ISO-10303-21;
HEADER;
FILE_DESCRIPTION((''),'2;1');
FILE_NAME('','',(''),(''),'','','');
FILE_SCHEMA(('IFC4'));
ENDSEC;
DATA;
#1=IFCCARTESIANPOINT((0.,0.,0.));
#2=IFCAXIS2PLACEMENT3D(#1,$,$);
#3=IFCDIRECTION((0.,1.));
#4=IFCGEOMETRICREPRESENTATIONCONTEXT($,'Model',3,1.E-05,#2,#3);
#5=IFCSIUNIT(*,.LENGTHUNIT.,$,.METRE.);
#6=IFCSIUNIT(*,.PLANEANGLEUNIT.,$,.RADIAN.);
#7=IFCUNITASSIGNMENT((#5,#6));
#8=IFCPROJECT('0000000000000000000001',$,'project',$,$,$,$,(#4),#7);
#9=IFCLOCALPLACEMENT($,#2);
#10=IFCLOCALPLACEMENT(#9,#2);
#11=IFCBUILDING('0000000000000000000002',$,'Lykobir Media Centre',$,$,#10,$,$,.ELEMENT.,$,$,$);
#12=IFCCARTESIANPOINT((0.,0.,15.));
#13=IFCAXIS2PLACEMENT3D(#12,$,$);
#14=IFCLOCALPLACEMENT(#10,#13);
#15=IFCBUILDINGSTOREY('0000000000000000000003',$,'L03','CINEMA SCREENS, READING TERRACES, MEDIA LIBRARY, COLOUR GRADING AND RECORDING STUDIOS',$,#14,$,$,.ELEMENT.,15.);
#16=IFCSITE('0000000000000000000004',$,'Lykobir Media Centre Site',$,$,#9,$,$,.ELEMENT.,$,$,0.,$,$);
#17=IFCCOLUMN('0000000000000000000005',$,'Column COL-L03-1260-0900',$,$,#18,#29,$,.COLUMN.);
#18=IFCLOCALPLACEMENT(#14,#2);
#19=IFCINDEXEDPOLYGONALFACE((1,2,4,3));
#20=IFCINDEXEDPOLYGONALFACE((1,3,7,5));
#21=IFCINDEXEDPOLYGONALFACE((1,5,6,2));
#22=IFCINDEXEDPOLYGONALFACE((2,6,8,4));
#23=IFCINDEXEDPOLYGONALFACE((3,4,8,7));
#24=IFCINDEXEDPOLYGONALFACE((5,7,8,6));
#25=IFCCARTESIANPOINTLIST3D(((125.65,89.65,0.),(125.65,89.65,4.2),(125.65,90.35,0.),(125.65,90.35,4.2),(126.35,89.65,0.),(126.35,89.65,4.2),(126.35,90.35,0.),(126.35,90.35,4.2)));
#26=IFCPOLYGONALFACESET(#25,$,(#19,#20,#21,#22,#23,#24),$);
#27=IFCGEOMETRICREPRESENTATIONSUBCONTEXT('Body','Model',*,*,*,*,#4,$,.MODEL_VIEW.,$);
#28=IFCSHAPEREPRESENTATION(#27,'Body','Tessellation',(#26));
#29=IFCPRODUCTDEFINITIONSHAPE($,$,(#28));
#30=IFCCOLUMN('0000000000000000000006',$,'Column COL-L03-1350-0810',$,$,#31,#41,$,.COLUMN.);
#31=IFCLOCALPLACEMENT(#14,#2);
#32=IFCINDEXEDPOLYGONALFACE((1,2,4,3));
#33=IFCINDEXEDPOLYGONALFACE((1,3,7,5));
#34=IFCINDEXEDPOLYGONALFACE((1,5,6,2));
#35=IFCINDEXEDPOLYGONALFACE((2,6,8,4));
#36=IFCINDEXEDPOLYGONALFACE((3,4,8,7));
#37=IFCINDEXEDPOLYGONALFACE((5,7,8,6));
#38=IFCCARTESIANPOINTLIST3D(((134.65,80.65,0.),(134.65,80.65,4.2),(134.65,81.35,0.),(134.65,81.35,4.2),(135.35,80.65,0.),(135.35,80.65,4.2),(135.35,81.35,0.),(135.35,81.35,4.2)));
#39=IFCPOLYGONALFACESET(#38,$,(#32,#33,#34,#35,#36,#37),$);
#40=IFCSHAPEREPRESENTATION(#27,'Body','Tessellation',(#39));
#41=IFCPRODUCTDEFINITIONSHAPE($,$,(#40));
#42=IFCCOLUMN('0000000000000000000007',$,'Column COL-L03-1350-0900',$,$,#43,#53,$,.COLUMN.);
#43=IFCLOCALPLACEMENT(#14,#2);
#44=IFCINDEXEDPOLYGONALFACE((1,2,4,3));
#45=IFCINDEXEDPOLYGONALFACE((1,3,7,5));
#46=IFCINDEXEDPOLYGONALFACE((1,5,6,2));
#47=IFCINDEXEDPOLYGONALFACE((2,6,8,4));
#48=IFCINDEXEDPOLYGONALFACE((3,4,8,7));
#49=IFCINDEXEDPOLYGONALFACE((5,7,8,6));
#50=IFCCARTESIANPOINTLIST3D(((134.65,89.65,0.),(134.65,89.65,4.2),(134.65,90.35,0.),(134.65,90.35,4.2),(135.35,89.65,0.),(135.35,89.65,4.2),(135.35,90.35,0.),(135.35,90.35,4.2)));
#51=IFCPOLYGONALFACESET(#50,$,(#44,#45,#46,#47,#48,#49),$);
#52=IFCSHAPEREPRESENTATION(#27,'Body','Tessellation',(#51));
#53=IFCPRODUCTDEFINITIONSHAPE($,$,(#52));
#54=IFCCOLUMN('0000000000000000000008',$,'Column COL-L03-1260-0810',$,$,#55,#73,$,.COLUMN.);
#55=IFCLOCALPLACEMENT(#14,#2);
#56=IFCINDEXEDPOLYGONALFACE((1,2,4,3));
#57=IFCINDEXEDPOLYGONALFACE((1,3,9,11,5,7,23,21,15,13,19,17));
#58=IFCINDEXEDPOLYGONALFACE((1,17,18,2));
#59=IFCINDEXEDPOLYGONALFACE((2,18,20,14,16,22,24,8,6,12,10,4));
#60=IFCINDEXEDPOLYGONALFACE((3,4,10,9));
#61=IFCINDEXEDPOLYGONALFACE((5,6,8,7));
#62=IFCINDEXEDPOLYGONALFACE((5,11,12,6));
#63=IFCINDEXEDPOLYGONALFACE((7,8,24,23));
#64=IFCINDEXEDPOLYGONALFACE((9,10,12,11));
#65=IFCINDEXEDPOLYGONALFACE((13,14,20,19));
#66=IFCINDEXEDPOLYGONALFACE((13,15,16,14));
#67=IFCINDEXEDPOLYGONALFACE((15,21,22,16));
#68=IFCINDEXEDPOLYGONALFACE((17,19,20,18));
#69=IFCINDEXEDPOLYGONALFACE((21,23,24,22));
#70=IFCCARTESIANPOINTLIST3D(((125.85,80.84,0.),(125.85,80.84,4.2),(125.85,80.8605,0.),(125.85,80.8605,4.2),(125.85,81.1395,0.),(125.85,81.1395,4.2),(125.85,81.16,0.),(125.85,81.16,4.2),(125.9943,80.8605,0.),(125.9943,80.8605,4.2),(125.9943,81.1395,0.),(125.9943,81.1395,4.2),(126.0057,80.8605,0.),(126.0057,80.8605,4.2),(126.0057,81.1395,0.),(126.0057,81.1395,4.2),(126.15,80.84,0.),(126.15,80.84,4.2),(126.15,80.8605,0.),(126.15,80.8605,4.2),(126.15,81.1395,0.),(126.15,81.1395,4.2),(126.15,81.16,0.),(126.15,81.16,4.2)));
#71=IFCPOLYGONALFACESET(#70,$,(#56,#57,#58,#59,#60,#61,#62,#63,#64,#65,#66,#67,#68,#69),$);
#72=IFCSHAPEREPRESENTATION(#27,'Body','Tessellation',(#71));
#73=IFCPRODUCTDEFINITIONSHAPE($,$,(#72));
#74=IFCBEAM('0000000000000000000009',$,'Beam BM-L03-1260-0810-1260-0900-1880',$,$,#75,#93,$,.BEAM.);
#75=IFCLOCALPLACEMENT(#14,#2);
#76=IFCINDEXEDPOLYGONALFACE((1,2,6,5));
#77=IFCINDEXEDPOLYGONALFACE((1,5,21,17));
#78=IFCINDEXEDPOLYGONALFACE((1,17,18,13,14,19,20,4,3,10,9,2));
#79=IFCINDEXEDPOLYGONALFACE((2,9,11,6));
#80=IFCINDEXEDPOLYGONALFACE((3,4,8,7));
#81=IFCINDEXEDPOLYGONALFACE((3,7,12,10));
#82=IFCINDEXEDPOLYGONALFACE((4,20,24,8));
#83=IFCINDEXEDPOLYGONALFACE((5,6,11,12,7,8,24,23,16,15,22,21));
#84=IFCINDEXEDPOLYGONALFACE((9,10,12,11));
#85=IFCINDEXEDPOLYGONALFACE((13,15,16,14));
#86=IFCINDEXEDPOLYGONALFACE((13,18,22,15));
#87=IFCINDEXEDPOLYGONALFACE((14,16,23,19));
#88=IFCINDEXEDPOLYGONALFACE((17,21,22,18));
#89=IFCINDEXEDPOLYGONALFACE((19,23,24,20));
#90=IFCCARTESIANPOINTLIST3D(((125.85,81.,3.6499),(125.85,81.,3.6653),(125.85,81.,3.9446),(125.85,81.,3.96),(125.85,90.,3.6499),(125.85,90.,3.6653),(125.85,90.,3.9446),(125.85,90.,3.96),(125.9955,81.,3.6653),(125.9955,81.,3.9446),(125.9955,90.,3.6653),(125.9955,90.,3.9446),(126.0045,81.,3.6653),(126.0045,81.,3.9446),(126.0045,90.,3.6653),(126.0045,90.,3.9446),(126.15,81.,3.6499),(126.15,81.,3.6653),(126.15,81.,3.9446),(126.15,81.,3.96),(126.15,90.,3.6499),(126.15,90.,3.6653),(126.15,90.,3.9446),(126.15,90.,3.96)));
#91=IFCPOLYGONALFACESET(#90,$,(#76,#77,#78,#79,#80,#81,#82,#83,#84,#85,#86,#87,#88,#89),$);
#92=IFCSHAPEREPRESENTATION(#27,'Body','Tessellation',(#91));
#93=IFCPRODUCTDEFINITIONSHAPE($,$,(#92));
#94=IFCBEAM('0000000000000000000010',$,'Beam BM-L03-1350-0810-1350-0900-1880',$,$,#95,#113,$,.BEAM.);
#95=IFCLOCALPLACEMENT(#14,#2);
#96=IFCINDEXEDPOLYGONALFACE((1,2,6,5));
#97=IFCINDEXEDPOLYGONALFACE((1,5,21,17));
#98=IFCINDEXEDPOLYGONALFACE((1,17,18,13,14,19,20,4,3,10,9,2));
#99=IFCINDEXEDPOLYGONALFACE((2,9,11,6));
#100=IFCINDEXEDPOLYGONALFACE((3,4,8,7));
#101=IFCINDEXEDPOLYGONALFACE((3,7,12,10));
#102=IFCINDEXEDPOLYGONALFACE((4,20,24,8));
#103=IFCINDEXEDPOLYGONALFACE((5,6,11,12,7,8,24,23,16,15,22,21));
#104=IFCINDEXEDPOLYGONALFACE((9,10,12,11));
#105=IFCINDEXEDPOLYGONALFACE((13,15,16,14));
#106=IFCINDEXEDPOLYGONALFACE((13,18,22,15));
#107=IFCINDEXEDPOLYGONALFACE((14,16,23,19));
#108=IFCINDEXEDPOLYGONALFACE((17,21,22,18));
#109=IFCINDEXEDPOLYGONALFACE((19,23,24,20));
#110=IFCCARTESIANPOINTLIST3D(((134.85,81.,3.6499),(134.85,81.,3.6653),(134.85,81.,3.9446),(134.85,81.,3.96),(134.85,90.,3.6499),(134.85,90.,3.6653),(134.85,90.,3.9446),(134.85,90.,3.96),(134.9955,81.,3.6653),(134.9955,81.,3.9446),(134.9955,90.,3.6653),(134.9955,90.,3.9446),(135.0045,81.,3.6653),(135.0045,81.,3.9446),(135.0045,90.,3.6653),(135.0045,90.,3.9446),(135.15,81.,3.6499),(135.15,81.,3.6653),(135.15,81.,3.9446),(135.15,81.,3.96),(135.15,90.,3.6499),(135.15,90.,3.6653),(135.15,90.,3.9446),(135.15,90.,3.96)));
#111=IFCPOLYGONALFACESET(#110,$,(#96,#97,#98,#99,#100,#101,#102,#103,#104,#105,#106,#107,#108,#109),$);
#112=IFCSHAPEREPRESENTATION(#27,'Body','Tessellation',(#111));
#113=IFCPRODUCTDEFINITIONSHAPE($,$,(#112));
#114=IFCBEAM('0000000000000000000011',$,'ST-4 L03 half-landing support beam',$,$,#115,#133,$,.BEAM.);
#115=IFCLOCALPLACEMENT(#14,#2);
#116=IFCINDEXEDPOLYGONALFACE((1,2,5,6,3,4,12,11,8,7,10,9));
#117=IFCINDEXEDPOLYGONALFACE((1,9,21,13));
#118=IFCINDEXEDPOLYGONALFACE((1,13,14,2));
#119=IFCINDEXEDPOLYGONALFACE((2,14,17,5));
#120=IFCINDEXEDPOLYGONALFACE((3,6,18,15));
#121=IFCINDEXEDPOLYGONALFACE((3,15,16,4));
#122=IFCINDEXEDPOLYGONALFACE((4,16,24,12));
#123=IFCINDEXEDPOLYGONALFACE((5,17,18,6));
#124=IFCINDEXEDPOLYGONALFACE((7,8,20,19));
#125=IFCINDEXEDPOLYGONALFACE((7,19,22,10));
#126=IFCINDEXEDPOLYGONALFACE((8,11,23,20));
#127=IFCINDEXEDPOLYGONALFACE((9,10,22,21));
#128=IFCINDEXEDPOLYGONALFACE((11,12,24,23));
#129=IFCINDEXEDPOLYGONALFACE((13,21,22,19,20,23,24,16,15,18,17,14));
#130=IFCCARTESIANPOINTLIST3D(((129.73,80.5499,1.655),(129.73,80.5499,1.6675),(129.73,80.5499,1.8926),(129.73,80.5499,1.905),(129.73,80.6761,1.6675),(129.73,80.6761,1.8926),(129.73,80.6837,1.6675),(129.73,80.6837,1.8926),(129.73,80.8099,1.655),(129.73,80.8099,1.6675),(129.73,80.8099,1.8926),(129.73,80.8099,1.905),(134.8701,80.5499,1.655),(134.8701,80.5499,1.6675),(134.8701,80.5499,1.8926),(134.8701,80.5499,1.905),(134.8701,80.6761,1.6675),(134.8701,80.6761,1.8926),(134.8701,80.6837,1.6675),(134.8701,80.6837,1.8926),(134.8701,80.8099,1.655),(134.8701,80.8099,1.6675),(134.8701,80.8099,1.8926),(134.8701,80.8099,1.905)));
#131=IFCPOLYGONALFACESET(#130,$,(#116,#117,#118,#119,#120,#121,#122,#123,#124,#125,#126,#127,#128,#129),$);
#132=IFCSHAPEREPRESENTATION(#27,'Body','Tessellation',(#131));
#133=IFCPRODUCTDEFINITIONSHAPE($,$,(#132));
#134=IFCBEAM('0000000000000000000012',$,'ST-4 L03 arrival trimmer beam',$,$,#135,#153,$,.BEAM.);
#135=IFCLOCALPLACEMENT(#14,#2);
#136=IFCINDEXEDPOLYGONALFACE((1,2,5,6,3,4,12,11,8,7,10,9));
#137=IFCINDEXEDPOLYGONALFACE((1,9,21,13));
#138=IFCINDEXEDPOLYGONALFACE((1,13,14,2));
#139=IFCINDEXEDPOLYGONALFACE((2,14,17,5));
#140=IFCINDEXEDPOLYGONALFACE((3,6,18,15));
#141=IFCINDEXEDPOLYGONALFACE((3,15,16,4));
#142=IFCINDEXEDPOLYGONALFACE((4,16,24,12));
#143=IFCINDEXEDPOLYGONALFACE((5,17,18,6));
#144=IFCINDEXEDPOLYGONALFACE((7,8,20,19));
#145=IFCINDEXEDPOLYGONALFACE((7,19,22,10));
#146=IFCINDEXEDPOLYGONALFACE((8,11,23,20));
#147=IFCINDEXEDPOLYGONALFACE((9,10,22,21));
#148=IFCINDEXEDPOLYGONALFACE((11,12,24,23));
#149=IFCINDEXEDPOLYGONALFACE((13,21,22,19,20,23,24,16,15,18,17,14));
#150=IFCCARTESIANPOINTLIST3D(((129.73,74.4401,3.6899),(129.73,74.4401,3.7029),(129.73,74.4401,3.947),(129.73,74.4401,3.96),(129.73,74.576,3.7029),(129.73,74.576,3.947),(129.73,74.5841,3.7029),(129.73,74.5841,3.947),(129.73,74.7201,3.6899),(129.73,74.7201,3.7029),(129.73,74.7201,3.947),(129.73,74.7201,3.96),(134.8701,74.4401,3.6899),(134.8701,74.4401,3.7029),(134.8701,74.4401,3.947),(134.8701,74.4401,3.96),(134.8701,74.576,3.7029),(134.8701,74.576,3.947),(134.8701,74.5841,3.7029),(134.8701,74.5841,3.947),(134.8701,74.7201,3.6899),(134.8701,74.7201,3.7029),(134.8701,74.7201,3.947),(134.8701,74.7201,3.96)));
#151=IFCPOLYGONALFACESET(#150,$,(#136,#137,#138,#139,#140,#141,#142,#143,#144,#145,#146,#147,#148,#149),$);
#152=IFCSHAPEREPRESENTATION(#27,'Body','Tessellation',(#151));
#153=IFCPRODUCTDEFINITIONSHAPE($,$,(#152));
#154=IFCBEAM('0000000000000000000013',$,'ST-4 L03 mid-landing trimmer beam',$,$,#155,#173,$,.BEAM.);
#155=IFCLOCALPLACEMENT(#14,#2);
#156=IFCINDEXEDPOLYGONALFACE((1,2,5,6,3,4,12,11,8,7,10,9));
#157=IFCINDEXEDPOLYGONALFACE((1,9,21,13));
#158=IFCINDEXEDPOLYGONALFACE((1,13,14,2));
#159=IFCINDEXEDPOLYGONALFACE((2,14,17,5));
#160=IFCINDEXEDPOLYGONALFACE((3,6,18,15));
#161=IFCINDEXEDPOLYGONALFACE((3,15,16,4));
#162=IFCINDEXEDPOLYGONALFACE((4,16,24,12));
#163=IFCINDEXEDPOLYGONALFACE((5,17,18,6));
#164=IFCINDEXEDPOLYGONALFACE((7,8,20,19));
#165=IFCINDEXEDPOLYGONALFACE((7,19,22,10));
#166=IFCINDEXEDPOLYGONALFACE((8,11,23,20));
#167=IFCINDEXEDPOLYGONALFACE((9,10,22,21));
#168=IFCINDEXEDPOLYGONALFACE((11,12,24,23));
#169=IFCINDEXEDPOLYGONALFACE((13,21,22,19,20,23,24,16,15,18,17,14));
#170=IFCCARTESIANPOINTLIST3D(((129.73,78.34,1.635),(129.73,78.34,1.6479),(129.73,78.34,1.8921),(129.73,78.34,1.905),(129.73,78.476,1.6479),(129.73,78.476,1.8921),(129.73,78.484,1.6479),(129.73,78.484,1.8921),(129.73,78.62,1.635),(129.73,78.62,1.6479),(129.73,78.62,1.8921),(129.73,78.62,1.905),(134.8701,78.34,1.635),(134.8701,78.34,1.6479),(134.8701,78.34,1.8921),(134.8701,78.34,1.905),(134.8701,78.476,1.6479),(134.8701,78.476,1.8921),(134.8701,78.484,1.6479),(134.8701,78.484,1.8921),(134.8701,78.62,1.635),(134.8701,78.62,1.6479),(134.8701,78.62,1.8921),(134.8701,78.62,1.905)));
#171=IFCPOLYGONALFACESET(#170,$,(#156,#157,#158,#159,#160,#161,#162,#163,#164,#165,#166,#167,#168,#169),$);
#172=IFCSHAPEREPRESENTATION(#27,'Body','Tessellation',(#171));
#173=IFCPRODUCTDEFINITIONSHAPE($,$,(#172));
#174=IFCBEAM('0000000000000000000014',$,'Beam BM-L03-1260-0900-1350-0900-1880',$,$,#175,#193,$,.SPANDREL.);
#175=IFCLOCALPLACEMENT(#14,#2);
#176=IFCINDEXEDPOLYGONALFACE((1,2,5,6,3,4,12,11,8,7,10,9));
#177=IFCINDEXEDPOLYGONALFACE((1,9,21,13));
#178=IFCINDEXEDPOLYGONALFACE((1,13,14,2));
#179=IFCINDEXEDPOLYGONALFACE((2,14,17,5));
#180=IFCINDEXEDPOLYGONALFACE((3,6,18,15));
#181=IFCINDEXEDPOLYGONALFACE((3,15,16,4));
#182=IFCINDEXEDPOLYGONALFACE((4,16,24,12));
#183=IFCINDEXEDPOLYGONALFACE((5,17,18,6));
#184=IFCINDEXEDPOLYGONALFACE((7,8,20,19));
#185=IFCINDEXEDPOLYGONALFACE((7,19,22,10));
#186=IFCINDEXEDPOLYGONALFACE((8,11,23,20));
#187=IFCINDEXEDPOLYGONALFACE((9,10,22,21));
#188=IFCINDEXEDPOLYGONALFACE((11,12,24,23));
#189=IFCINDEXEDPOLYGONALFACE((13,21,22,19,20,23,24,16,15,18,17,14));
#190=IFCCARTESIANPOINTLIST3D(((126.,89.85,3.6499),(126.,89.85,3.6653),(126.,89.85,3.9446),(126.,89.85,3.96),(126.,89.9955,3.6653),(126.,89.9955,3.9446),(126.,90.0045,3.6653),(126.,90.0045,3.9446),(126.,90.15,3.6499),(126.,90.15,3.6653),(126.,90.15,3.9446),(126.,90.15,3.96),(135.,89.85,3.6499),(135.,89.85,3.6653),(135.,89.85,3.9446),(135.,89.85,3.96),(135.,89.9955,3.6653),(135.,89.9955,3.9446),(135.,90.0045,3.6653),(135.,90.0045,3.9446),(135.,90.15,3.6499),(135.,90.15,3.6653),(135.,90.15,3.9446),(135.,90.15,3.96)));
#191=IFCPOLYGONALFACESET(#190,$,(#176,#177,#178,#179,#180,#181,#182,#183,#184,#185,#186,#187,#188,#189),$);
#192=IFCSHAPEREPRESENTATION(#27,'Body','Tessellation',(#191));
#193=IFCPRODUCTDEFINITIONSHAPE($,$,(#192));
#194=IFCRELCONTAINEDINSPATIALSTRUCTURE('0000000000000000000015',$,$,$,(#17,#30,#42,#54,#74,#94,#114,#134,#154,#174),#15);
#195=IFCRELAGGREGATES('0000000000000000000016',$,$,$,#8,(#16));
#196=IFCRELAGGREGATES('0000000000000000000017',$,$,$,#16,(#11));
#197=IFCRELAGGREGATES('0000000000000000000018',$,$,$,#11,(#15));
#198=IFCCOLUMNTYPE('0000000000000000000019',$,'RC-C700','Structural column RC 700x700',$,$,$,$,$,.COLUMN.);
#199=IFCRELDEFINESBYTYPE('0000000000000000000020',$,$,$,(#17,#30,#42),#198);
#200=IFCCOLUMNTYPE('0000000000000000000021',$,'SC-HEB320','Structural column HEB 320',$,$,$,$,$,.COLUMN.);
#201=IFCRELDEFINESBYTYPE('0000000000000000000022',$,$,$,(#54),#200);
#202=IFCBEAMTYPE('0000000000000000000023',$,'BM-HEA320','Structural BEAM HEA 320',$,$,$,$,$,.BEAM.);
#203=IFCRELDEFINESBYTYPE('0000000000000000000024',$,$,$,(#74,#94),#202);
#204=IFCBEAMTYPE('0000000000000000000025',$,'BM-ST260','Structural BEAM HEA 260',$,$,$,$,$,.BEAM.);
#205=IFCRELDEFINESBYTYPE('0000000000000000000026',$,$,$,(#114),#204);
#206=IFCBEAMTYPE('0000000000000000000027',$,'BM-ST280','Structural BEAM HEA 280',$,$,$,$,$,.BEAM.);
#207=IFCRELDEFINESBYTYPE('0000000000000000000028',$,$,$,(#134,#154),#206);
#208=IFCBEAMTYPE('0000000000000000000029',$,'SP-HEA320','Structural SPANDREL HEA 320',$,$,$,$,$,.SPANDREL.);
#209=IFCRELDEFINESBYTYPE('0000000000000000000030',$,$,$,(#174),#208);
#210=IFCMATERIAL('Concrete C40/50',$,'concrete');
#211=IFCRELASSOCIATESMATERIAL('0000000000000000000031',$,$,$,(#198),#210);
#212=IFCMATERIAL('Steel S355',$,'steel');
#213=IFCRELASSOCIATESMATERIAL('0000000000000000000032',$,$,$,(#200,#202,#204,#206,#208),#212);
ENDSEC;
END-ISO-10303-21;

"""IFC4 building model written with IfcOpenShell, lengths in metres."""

from ifc_helpers import new_model, si_unit, direction, frame, origin, origin_2d, place, context, subcontext, project, spatial, rectangle, i_section, extrude, material, material_profile, profile_set, type_object, element, save


model = new_model("IFC4")

# Units and contexts
model_context = context("Model", 3, precision=1e-05, world=origin(), true_north=direction((0.0, 1.0)))
body_context = subcontext(model_context, "Body", "Model", "MODEL_VIEW")
ifc_project = project(units=[si_unit("LENGTHUNIT", "METRE"), si_unit("PLANEANGLEUNIT", "RADIAN")], contexts=[model_context])

# Site, building, storey
site_placement = place(None, origin())
site = spatial("IfcSite", under=ifc_project, at=site_placement, Name="Lykobir Media Centre Site", CompositionType="ELEMENT", RefElevation=0.0)
building_placement = place(site_placement, origin())
building = spatial("IfcBuilding", under=site, at=building_placement, Name="Lykobir Media Centre", CompositionType="ELEMENT")
storey_placement = place(building_placement, frame((0.0, 0.0, 15.0)))
storey = spatial("IfcBuildingStorey", under=building, at=storey_placement, Name="L03", Description="CINEMA SCREENS, READING TERRACES, MEDIA LIBRARY, COLOUR GRADING AND RECORDING STUDIOS", CompositionType="ELEMENT", Elevation=15.0)

# Columns
ifc_material_1 = material(Name="Concrete C40/50", Category="concrete")
ifc_material_profile_1 = material_profile(ifc_material_1, rectangle(XDim=0.7, YDim=0.7, at=origin_2d()), Name="RC 700x700")
ifc_profile_set_1 = profile_set([ifc_material_profile_1], Name="Concrete C40/50")
column_type_1 = type_object("IfcColumnType", Name="RC-C700", Description="Structural column RC 700x700", PredefinedType="COLUMN", material=ifc_profile_set_1)
for number, where, z_axis, x_axis, name in (
    (1, (126.0, 90.0, 0.0), (0.0, 0.0, 1.0), (1.0, 0.0, 0.0), "Column COL-L03-1260-0900"),
    (2, (135.0, 81.0, 0.0), (0.0, 0.0, 1.0), (1.0, 0.0, 0.0), "Column COL-L03-1350-0810"),
    (3, (135.0, 90.0, 0.0), (0.0, 0.0, 1.0), (1.0, 0.0, 0.0), "Column COL-L03-1350-0900"),
):
    element("IfcColumn", number, at=place(storey_placement, frame(where, z_axis=z_axis, x_axis=x_axis)), inside=storey, type_object=column_type_1, Name=name, PredefinedType="COLUMN", context=body_context, shape_type="SweptSolid", body=[
        extrude(rectangle(XDim=0.7, YDim=0.7, at=origin_2d()), origin(), (0.0, 0.0, 1.0), 4.2),
    ])
ifc_material_2 = material(Name="Steel S355", Category="steel")
ifc_material_profile_2 = material_profile(ifc_material_2, i_section(OverallWidth=0.3, OverallDepth=0.3201, WebThickness=0.0115, FlangeThickness=0.0205, at=origin_2d()), Name="HEB 320")
ifc_profile_set_2 = profile_set([ifc_material_profile_2], Name="Steel S355")
column_type_2 = type_object("IfcColumnType", Name="SC-HEB320", Description="Structural column HEB 320", PredefinedType="COLUMN", material=ifc_profile_set_2)
column_placement = place(storey_placement, frame((126.0, 81.0, 0.0), z_axis=(0.0, 0.0, 1.0), x_axis=(1.0, 0.0, 0.0)))
element("IfcColumn", 4, at=column_placement, inside=storey, type_object=column_type_2, Name="Column COL-L03-1260-0810", PredefinedType="COLUMN", context=body_context, shape_type="SweptSolid", body=[
    extrude(i_section(OverallWidth=0.3, OverallDepth=0.3201, WebThickness=0.0115, FlangeThickness=0.0205, at=origin_2d()), origin(), (0.0, 0.0, 1.0), 4.2),
])

# Beams
ifc_material_profile_3 = material_profile(ifc_material_2, i_section(OverallWidth=0.3, OverallDepth=0.3101, WebThickness=0.009, FlangeThickness=0.0154, at=origin_2d()), Name="HEA 320")
ifc_profile_set_3 = profile_set([ifc_material_profile_3], Name="Steel S355")
beam_type_1 = type_object("IfcBeamType", Name="BM-HEA320", Description="Structural BEAM HEA 320", PredefinedType="BEAM", material=ifc_profile_set_3)
for number, where, z_axis, x_axis, name in (
    (5, (126.0, 81.0, 3.8049), (0.0, 1.0, 0.0), (-1.0, 0.0, 0.0), "Beam BM-L03-1260-0810-1260-0900-1880"),
    (6, (135.0, 81.0, 3.8049), (0.0, 1.0, 0.0), (-1.0, 0.0, 0.0), "Beam BM-L03-1350-0810-1350-0900-1880"),
):
    element("IfcBeam", number, at=place(storey_placement, frame(where, z_axis=z_axis, x_axis=x_axis)), inside=storey, type_object=beam_type_1, Name=name, PredefinedType="BEAM", context=body_context, shape_type="SweptSolid", body=[
        extrude(i_section(OverallWidth=0.3, OverallDepth=0.3101, WebThickness=0.009, FlangeThickness=0.0154, at=origin_2d()), origin(), (0.0, 0.0, 1.0), 9.0),
    ])
ifc_material_profile_4 = material_profile(ifc_material_2, i_section(OverallWidth=0.26, OverallDepth=0.25, WebThickness=0.0076, FlangeThickness=0.0125, at=origin_2d()), Name="HEA 260")
ifc_profile_set_4 = profile_set([ifc_material_profile_4], Name="Steel S355")
beam_type_2 = type_object("IfcBeamType", Name="BM-ST260", Description="Structural BEAM HEA 260", PredefinedType="BEAM", material=ifc_profile_set_4)
beam_1_placement = place(storey_placement, frame((129.73, 80.6799, 1.78), z_axis=(1.0, 0.0, 0.0), x_axis=(0.0, 1.0, 0.0)))
element("IfcBeam", 7, at=beam_1_placement, inside=storey, type_object=beam_type_2, Name="ST-4 L03 half-landing support beam", PredefinedType="BEAM", context=body_context, shape_type="SweptSolid", body=[
    extrude(i_section(OverallWidth=0.26, OverallDepth=0.25, WebThickness=0.0076, FlangeThickness=0.0125, at=origin_2d()), origin(), (0.0, 0.0, 1.0), 5.1401),
])
ifc_material_profile_5 = material_profile(ifc_material_2, i_section(OverallWidth=0.28, OverallDepth=0.27, WebThickness=0.0081, FlangeThickness=0.0129, at=origin_2d()), Name="HEA 280")
ifc_profile_set_5 = profile_set([ifc_material_profile_5], Name="Steel S355")
beam_type_3 = type_object("IfcBeamType", Name="BM-ST280", Description="Structural BEAM HEA 280", PredefinedType="BEAM", material=ifc_profile_set_5)
for number, where, z_axis, x_axis, name in (
    (8, (129.73, 74.5801, 3.825), (1.0, 0.0, 0.0), (0.0, 1.0, 0.0), "ST-4 L03 arrival trimmer beam"),
    (9, (129.73, 78.48, 1.77), (1.0, 0.0, 0.0), (0.0, 1.0, 0.0), "ST-4 L03 mid-landing trimmer beam"),
):
    element("IfcBeam", number, at=place(storey_placement, frame(where, z_axis=z_axis, x_axis=x_axis)), inside=storey, type_object=beam_type_3, Name=name, PredefinedType="BEAM", context=body_context, shape_type="SweptSolid", body=[
        extrude(i_section(OverallWidth=0.28, OverallDepth=0.27, WebThickness=0.0081, FlangeThickness=0.0129, at=origin_2d()), origin(), (0.0, 0.0, 1.0), 5.1401),
    ])
ifc_material_profile_6 = material_profile(ifc_material_2, i_section(OverallWidth=0.3, OverallDepth=0.3101, WebThickness=0.009, FlangeThickness=0.0154, at=origin_2d()), Name="HEA 320")
ifc_profile_set_6 = profile_set([ifc_material_profile_6], Name="Steel S355")
beam_type_4 = type_object("IfcBeamType", Name="SP-HEA320", Description="Structural SPANDREL HEA 320", PredefinedType="SPANDREL", material=ifc_profile_set_6)
beam_2_placement = place(storey_placement, frame((126.0, 90.0, 3.8049), z_axis=(1.0, 0.0, 0.0), x_axis=(0.0, 1.0, 0.0)))
element("IfcBeam", 10, at=beam_2_placement, inside=storey, type_object=beam_type_4, Name="Beam BM-L03-1260-0900-1350-0900-1880", PredefinedType="SPANDREL", context=body_context, shape_type="SweptSolid", body=[
    extrude(i_section(OverallWidth=0.3, OverallDepth=0.3101, WebThickness=0.009, FlangeThickness=0.0154, at=origin_2d()), origin(), (0.0, 0.0, 1.0), 9.0),
])

save(model, "model.ifc")
